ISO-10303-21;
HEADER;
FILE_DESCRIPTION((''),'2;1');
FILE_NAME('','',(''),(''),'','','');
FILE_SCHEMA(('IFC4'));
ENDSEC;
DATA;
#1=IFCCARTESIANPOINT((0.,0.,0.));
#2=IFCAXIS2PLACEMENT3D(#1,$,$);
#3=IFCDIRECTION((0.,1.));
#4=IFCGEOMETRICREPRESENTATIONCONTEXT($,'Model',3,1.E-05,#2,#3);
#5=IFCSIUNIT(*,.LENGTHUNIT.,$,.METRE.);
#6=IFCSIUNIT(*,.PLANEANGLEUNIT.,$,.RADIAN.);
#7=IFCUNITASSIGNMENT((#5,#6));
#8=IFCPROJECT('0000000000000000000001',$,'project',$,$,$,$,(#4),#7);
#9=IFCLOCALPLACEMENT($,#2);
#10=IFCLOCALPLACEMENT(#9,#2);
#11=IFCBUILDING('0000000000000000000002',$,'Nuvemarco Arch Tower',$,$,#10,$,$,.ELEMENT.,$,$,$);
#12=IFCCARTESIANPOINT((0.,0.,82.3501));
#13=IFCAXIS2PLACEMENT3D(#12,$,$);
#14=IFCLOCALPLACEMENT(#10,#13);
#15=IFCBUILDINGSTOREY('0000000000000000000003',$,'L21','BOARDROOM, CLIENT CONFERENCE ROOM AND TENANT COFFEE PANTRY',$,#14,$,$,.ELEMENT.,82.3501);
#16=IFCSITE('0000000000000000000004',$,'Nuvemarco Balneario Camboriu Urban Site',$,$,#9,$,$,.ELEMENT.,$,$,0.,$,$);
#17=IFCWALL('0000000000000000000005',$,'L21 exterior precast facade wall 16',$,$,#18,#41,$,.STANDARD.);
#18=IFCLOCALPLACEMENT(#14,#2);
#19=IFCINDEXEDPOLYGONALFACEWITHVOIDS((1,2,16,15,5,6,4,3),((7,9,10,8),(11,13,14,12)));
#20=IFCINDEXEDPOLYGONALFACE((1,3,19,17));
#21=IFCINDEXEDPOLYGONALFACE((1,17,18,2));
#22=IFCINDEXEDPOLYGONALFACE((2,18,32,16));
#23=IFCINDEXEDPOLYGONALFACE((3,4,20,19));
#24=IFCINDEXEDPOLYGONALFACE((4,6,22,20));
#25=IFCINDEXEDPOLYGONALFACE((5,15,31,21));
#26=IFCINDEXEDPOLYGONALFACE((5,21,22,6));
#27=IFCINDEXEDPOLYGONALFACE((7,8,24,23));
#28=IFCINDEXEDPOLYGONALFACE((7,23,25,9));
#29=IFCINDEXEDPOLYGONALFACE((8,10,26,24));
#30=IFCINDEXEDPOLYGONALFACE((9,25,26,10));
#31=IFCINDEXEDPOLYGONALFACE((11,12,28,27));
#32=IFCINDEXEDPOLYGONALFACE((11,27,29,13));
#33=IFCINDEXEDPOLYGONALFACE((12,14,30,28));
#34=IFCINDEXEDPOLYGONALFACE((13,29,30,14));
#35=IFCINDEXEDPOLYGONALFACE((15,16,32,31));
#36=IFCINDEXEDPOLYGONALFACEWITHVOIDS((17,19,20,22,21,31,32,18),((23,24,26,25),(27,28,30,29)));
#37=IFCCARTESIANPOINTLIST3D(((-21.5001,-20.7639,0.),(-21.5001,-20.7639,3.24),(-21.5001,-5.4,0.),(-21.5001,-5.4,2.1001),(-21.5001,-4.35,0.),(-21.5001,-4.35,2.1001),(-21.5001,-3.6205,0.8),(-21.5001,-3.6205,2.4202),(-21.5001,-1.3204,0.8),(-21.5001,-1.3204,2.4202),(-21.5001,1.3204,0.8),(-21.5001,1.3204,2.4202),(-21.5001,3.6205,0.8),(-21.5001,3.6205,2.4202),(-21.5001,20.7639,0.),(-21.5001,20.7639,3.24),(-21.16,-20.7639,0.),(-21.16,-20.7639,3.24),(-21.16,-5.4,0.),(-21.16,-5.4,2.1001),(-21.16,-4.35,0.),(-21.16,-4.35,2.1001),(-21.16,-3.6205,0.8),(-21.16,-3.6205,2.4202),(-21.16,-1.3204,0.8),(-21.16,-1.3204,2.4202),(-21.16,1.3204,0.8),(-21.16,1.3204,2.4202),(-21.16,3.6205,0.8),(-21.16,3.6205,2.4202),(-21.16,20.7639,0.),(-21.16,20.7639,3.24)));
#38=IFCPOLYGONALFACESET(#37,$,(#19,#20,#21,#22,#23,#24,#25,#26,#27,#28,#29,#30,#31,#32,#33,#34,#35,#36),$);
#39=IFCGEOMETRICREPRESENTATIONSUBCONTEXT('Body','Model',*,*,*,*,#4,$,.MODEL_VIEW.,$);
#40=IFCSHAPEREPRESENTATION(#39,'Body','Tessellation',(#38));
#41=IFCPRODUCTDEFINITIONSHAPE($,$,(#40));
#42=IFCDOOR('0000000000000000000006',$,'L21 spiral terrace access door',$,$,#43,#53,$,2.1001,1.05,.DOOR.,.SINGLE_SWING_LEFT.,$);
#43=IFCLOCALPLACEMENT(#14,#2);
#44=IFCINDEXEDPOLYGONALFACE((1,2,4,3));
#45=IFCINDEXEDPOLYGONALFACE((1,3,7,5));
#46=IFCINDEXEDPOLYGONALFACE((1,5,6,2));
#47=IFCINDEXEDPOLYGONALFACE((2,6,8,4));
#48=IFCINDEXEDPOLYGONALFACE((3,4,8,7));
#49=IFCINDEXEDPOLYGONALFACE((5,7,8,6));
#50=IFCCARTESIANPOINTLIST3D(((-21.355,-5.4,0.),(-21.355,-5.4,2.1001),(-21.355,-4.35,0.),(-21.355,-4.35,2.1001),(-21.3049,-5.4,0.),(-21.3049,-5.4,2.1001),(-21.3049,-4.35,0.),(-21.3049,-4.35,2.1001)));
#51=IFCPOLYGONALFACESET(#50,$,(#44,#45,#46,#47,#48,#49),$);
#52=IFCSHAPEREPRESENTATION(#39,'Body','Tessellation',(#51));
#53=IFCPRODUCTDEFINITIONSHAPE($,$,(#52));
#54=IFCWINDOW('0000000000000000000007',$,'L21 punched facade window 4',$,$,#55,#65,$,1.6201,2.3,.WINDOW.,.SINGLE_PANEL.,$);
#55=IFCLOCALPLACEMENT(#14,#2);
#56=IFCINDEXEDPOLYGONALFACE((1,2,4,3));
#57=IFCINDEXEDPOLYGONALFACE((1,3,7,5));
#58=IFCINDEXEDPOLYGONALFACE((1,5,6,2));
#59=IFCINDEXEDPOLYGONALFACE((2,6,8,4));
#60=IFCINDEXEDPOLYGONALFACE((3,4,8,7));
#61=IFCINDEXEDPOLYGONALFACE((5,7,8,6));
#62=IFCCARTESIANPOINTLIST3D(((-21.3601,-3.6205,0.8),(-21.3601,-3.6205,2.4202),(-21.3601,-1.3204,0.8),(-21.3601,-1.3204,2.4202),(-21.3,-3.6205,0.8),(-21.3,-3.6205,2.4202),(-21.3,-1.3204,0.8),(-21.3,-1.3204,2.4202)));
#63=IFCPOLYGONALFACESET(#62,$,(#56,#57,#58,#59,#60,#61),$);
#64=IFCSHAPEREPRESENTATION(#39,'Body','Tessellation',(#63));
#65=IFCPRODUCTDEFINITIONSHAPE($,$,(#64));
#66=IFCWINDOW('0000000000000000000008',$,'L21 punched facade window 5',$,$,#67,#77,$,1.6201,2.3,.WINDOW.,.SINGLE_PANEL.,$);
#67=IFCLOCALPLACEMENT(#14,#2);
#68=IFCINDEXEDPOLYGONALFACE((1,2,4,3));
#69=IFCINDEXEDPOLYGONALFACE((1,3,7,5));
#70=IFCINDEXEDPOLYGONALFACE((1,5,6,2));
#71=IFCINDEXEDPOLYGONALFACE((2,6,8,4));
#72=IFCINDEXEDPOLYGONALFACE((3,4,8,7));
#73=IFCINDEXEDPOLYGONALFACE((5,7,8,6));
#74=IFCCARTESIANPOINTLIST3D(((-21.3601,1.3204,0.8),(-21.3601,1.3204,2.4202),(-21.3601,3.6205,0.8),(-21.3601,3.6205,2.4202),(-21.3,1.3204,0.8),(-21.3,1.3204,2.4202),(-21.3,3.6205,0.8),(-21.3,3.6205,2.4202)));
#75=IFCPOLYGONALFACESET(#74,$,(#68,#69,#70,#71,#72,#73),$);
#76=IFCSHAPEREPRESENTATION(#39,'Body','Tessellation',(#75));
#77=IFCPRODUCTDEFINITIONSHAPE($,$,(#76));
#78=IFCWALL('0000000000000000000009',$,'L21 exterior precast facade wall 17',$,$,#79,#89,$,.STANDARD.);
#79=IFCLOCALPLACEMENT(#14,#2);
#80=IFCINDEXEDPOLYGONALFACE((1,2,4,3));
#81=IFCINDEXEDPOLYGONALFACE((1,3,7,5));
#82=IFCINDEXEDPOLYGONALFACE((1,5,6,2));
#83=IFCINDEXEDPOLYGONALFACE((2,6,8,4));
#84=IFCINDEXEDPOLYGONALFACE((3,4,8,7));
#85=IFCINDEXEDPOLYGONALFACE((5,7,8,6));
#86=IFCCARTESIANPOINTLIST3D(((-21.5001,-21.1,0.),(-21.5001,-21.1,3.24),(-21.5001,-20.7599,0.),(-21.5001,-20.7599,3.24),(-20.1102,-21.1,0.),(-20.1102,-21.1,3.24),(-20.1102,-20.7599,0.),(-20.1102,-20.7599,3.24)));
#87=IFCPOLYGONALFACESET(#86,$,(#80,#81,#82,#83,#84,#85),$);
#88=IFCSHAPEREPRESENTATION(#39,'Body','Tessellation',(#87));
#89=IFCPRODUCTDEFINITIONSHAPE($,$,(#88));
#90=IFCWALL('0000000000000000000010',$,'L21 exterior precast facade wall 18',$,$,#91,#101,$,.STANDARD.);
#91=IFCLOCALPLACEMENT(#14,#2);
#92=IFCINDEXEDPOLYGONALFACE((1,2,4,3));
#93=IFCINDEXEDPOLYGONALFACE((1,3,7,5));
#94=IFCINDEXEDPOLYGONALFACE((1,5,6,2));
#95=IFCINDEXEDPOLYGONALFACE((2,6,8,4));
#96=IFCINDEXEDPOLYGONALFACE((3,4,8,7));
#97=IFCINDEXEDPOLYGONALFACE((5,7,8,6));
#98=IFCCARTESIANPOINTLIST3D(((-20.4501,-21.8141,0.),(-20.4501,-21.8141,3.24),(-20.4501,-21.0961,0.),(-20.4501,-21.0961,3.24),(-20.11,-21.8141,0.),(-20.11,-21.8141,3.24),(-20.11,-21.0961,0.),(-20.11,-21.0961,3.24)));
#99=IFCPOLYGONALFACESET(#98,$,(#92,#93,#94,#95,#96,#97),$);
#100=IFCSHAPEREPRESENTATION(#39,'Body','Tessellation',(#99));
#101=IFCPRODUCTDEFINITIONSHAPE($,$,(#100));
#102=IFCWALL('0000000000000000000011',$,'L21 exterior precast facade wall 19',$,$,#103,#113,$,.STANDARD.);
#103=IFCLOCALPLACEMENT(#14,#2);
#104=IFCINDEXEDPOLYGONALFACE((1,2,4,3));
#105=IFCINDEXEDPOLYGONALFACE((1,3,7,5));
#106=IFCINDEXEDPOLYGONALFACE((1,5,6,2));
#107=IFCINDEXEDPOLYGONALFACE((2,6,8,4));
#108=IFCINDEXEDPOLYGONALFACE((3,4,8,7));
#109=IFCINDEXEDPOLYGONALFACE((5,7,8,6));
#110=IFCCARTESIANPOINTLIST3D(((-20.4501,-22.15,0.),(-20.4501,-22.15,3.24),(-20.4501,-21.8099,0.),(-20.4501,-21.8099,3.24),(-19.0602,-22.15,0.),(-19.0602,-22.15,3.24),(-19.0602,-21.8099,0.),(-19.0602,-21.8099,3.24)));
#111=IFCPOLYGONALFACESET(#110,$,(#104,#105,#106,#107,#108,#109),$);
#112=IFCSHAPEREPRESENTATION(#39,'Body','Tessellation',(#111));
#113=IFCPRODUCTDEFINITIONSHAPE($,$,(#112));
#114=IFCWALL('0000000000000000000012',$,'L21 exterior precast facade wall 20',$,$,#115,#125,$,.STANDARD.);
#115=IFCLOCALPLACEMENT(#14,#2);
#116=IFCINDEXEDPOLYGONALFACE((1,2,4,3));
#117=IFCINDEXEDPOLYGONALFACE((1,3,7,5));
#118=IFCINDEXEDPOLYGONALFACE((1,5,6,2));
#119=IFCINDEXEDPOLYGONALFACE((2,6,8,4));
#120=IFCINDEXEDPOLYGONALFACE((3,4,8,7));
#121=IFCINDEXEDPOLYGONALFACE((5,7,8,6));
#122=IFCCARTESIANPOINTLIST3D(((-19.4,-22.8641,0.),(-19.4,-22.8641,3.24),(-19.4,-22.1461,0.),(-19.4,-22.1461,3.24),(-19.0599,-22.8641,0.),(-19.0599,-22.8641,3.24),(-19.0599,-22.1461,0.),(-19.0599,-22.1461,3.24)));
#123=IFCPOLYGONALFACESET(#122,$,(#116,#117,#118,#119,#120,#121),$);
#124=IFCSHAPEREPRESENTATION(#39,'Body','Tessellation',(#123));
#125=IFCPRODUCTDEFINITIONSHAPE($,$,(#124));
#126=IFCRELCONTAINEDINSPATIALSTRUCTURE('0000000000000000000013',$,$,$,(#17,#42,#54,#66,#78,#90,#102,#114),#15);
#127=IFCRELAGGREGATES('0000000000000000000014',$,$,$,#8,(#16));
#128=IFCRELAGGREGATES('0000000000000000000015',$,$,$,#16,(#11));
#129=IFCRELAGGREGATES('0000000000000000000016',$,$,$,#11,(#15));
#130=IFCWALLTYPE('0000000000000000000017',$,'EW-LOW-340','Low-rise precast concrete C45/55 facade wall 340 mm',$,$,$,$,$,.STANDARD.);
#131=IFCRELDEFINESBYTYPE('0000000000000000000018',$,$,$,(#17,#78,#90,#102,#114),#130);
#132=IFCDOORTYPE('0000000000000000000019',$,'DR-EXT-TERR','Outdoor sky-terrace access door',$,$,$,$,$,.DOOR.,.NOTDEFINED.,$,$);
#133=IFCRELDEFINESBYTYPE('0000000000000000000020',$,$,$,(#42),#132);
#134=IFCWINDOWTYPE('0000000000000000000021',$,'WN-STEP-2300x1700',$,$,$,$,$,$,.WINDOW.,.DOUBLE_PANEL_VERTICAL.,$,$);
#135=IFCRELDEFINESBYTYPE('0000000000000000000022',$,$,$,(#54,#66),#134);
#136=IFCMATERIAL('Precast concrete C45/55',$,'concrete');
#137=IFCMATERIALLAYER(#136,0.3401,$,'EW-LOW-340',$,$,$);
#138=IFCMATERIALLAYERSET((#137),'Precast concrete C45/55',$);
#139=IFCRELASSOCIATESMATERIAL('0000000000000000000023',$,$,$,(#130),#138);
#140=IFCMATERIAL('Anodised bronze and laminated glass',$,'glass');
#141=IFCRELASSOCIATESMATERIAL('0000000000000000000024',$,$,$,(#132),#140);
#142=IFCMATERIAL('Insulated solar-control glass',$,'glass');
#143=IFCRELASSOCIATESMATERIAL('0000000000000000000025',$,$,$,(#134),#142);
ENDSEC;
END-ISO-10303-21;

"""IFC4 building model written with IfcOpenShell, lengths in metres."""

from ifc_helpers import new_model, si_unit, direction, frame, frame_2d, origin, place, context, subcontext, project, spatial, rectangle, extrude, source, transform, mapped, material, layer, layer_set, type_object, type_shapes, element, fill, save


model = new_model("IFC4")

# Units and contexts
model_context = context("Model", 3, precision=1e-05, world=origin(), true_north=direction((0.0, 1.0)))
body_context = subcontext(model_context, "Body", "Model", "MODEL_VIEW")
ifc_project = project(units=[si_unit("LENGTHUNIT", "METRE"), si_unit("PLANEANGLEUNIT", "RADIAN")], contexts=[model_context])

# Site, building, storey
site_placement = place(None, origin())
site = spatial("IfcSite", under=ifc_project, at=site_placement, Name="Nuvemarco Balneario Camboriu Urban Site", CompositionType="ELEMENT", RefElevation=0.0)
building_placement = place(site_placement, origin())
building = spatial("IfcBuilding", under=site, at=building_placement, Name="Nuvemarco Arch Tower", CompositionType="ELEMENT")
storey_placement = place(building_placement, frame((0.0, 0.0, 82.3501)))
storey = spatial("IfcBuildingStorey", under=building, at=storey_placement, Name="L21", Description="BOARDROOM, CLIENT CONFERENCE ROOM AND TENANT COFFEE PANTRY", CompositionType="ELEMENT", Elevation=82.3501)

# Shared definitions
ifc_material_1 = material(Name="Precast concrete C45/55", Category="concrete")

# Shared definitions
ifc_layer_1 = layer(ifc_material_1, 0.3401, Name="EW-LOW-340")
ifc_layer_set_1 = layer_set([ifc_layer_1], Name="Precast concrete C45/55")
wall_type = type_object("IfcWallType", Name="EW-LOW-340", Description="Low-rise precast concrete C45/55 facade wall 340 mm", PredefinedType="STANDARD", material=ifc_layer_set_1)
ifc_material_2 = material(Name="Insulated solar-control glass", Category="glass")

# Wall, openings, door, windows
wall_1_placement = place(storey_placement, frame((-21.3301, -20.7639, 0.0), z_axis=(0.0, 0.0, 1.0), x_axis=(0.0, 1.0, 0.0)))
wall_1 = element("IfcWall", 1, at=wall_1_placement, inside=storey, type_object=wall_type, Name="L21 exterior precast facade wall 16", PredefinedType="STANDARD", context=body_context, shape_type="SweptSolid", body=[
    extrude(rectangle(XDim=41.5278, YDim=0.3401, at=frame_2d((20.7639, 0.0))), origin(), (0.0, 0.0, 1.0), 3.24),
])
opening_1_placement = place(wall_1_placement, frame((15.364, 0.0, 0.0)))
opening_1 = element("IfcOpeningElement", 2, at=opening_1_placement, cuts=wall_1, PredefinedType="OPENING", context=body_context, shape_type="SweptSolid", body=[
    extrude(rectangle(XDim=1.05, YDim=2.1001, at=frame_2d((0.5249, 1.05))), frame((0.0, 0.1799, 0.0), z_axis=(0.0, -1.0, 0.0), x_axis=(1.0, 0.0, 0.0)), (0.0, 0.0, 1.0), 0.3601),
])
opening_2_placement = place(wall_1_placement, frame((17.1436, 0.0, 0.8)))
opening_2 = element("IfcOpeningElement", 3, at=opening_2_placement, cuts=wall_1, PredefinedType="OPENING", context=body_context, shape_type="SweptSolid", body=[
    extrude(rectangle(XDim=2.3, YDim=1.6201, at=frame_2d((1.1499, 0.8101))), frame((0.0, 0.1799, 0.0), z_axis=(0.0, -1.0, 0.0), x_axis=(1.0, 0.0, 0.0)), (0.0, 0.0, 1.0), 0.3601),
])
opening_3_placement = place(wall_1_placement, frame((22.0845, 0.0, 0.8)))
opening_3 = element("IfcOpeningElement", 4, at=opening_3_placement, cuts=wall_1, PredefinedType="OPENING", context=body_context, shape_type="SweptSolid", body=[
    extrude(rectangle(XDim=2.3, YDim=1.6201, at=frame_2d((1.1499, 0.8101))), frame((0.0, 0.1799, 0.0), z_axis=(0.0, -1.0, 0.0), x_axis=(1.0, 0.0, 0.0)), (0.0, 0.0, 1.0), 0.3601),
])
ifc_material_3 = material(Name="Anodised bronze and laminated glass", Category="glass")
door_type = type_object("IfcDoorType", Name="DR-EXT-TERR", Description="Outdoor sky-terrace access door", OperationType="NOTDEFINED", PredefinedType="DOOR", material=ifc_material_3)
shared_shape_1 = source(origin(), body_context, "Body", "SweptSolid", [
    extrude(rectangle(XDim=1.05, YDim=2.1001, at=frame_2d((0.5249, 1.05))), frame((0.0, 0.0249, 0.0), z_axis=(0.0, -1.0, 0.0), x_axis=(1.0, 0.0, 0.0)), (0.0, 0.0, 1.0), 0.05),
])
type_shapes(door_type, [shared_shape_1])
door_placement = place(opening_1_placement, origin())
door = element("IfcDoor", 5, at=door_placement, inside=storey, type_object=door_type, Name="L21 spiral terrace access door", OperationType="SINGLE_SWING_LEFT", OverallHeight=2.1001, OverallWidth=1.05, PredefinedType="DOOR", context=body_context, shape_type="MappedRepresentation", body=[
    mapped(shared_shape_1, transform((0.0, 0.0, 0.0), scale=1.0)),
])
fill(opening_1, door)
window_type_1 = type_object("IfcWindowType", Name="WN-STEP-2300x1700", PartitioningType="DOUBLE_PANEL_VERTICAL", PredefinedType="WINDOW", material=ifc_material_2)
shared_shape_2 = source(origin(), body_context, "Body", "SweptSolid", [
    extrude(rectangle(XDim=2.3, YDim=1.6201, at=frame_2d((1.1499, 0.8101))), frame((0.0, 0.03, 0.0), z_axis=(0.0, -1.0, 0.0), x_axis=(1.0, 0.0, 0.0)), (0.0, 0.0, 1.0), 0.0601),
])
type_shapes(window_type_1, [shared_shape_2])
window_1_placement = place(opening_2_placement, origin())
window_1 = element("IfcWindow", 6, at=window_1_placement, inside=storey, type_object=window_type_1, Name="L21 punched facade window 4", OverallHeight=1.6201, OverallWidth=2.3, PartitioningType="SINGLE_PANEL", PredefinedType="WINDOW", context=body_context, shape_type="MappedRepresentation", body=[
    mapped(shared_shape_2, transform((0.0, 0.0, 0.0), scale=1.0)),
])
fill(opening_2, window_1)
window_2_placement = place(opening_3_placement, origin())
window_2 = element("IfcWindow", 7, at=window_2_placement, inside=storey, type_object=window_type_1, Name="L21 punched facade window 5", OverallHeight=1.6201, OverallWidth=2.3, PartitioningType="SINGLE_PANEL", PredefinedType="WINDOW", context=body_context, shape_type="MappedRepresentation", body=[
    mapped(shared_shape_2, transform((0.0, 0.0, 0.0), scale=1.0)),
])
fill(opening_3, window_2)

# Walls
wall_2_placement = place(storey_placement, frame((-21.5, -20.9299, 0.0), z_axis=(0.0, 0.0, 1.0), x_axis=(1.0, 0.0, 0.0)))
element("IfcWall", 8, at=wall_2_placement, inside=storey, type_object=wall_type, Name="L21 exterior precast facade wall 17", PredefinedType="STANDARD", context=body_context, shape_type="SweptSolid", body=[
    extrude(rectangle(XDim=1.3899, YDim=0.3401, at=frame_2d((0.6948, 0.0))), origin(), (0.0, 0.0, 1.0), 3.24),
])
wall_3_placement = place(storey_placement, frame((-20.28, -21.814, 0.0), z_axis=(0.0, 0.0, 1.0), x_axis=(0.0, 1.0, 0.0)))
element("IfcWall", 9, at=wall_3_placement, inside=storey, type_object=wall_type, Name="L21 exterior precast facade wall 18", PredefinedType="STANDARD", context=body_context, shape_type="SweptSolid", body=[
    extrude(rectangle(XDim=0.718, YDim=0.3401, at=frame_2d((0.3589, 0.0))), origin(), (0.0, 0.0, 1.0), 3.24),
])
wall_4_placement = place(storey_placement, frame((-20.45, -21.98, 0.0), z_axis=(0.0, 0.0, 1.0), x_axis=(1.0, 0.0, 0.0)))
element("IfcWall", 10, at=wall_4_placement, inside=storey, type_object=wall_type, Name="L21 exterior precast facade wall 19", PredefinedType="STANDARD", context=body_context, shape_type="SweptSolid", body=[
    extrude(rectangle(XDim=1.3899, YDim=0.3401, at=frame_2d((0.6948, 0.0))), origin(), (0.0, 0.0, 1.0), 3.24),
])
wall_5_placement = place(storey_placement, frame((-19.23, -22.864, 0.0), z_axis=(0.0, 0.0, 1.0), x_axis=(0.0, 1.0, 0.0)))
element("IfcWall", 11, at=wall_5_placement, inside=storey, type_object=wall_type, Name="L21 exterior precast facade wall 20", PredefinedType="STANDARD", context=body_context, shape_type="SweptSolid", body=[
    extrude(rectangle(XDim=0.718, YDim=0.3401, at=frame_2d((0.3589, 0.0))), origin(), (0.0, 0.0, 1.0), 3.24),
])

save(model, "model.ifc")
